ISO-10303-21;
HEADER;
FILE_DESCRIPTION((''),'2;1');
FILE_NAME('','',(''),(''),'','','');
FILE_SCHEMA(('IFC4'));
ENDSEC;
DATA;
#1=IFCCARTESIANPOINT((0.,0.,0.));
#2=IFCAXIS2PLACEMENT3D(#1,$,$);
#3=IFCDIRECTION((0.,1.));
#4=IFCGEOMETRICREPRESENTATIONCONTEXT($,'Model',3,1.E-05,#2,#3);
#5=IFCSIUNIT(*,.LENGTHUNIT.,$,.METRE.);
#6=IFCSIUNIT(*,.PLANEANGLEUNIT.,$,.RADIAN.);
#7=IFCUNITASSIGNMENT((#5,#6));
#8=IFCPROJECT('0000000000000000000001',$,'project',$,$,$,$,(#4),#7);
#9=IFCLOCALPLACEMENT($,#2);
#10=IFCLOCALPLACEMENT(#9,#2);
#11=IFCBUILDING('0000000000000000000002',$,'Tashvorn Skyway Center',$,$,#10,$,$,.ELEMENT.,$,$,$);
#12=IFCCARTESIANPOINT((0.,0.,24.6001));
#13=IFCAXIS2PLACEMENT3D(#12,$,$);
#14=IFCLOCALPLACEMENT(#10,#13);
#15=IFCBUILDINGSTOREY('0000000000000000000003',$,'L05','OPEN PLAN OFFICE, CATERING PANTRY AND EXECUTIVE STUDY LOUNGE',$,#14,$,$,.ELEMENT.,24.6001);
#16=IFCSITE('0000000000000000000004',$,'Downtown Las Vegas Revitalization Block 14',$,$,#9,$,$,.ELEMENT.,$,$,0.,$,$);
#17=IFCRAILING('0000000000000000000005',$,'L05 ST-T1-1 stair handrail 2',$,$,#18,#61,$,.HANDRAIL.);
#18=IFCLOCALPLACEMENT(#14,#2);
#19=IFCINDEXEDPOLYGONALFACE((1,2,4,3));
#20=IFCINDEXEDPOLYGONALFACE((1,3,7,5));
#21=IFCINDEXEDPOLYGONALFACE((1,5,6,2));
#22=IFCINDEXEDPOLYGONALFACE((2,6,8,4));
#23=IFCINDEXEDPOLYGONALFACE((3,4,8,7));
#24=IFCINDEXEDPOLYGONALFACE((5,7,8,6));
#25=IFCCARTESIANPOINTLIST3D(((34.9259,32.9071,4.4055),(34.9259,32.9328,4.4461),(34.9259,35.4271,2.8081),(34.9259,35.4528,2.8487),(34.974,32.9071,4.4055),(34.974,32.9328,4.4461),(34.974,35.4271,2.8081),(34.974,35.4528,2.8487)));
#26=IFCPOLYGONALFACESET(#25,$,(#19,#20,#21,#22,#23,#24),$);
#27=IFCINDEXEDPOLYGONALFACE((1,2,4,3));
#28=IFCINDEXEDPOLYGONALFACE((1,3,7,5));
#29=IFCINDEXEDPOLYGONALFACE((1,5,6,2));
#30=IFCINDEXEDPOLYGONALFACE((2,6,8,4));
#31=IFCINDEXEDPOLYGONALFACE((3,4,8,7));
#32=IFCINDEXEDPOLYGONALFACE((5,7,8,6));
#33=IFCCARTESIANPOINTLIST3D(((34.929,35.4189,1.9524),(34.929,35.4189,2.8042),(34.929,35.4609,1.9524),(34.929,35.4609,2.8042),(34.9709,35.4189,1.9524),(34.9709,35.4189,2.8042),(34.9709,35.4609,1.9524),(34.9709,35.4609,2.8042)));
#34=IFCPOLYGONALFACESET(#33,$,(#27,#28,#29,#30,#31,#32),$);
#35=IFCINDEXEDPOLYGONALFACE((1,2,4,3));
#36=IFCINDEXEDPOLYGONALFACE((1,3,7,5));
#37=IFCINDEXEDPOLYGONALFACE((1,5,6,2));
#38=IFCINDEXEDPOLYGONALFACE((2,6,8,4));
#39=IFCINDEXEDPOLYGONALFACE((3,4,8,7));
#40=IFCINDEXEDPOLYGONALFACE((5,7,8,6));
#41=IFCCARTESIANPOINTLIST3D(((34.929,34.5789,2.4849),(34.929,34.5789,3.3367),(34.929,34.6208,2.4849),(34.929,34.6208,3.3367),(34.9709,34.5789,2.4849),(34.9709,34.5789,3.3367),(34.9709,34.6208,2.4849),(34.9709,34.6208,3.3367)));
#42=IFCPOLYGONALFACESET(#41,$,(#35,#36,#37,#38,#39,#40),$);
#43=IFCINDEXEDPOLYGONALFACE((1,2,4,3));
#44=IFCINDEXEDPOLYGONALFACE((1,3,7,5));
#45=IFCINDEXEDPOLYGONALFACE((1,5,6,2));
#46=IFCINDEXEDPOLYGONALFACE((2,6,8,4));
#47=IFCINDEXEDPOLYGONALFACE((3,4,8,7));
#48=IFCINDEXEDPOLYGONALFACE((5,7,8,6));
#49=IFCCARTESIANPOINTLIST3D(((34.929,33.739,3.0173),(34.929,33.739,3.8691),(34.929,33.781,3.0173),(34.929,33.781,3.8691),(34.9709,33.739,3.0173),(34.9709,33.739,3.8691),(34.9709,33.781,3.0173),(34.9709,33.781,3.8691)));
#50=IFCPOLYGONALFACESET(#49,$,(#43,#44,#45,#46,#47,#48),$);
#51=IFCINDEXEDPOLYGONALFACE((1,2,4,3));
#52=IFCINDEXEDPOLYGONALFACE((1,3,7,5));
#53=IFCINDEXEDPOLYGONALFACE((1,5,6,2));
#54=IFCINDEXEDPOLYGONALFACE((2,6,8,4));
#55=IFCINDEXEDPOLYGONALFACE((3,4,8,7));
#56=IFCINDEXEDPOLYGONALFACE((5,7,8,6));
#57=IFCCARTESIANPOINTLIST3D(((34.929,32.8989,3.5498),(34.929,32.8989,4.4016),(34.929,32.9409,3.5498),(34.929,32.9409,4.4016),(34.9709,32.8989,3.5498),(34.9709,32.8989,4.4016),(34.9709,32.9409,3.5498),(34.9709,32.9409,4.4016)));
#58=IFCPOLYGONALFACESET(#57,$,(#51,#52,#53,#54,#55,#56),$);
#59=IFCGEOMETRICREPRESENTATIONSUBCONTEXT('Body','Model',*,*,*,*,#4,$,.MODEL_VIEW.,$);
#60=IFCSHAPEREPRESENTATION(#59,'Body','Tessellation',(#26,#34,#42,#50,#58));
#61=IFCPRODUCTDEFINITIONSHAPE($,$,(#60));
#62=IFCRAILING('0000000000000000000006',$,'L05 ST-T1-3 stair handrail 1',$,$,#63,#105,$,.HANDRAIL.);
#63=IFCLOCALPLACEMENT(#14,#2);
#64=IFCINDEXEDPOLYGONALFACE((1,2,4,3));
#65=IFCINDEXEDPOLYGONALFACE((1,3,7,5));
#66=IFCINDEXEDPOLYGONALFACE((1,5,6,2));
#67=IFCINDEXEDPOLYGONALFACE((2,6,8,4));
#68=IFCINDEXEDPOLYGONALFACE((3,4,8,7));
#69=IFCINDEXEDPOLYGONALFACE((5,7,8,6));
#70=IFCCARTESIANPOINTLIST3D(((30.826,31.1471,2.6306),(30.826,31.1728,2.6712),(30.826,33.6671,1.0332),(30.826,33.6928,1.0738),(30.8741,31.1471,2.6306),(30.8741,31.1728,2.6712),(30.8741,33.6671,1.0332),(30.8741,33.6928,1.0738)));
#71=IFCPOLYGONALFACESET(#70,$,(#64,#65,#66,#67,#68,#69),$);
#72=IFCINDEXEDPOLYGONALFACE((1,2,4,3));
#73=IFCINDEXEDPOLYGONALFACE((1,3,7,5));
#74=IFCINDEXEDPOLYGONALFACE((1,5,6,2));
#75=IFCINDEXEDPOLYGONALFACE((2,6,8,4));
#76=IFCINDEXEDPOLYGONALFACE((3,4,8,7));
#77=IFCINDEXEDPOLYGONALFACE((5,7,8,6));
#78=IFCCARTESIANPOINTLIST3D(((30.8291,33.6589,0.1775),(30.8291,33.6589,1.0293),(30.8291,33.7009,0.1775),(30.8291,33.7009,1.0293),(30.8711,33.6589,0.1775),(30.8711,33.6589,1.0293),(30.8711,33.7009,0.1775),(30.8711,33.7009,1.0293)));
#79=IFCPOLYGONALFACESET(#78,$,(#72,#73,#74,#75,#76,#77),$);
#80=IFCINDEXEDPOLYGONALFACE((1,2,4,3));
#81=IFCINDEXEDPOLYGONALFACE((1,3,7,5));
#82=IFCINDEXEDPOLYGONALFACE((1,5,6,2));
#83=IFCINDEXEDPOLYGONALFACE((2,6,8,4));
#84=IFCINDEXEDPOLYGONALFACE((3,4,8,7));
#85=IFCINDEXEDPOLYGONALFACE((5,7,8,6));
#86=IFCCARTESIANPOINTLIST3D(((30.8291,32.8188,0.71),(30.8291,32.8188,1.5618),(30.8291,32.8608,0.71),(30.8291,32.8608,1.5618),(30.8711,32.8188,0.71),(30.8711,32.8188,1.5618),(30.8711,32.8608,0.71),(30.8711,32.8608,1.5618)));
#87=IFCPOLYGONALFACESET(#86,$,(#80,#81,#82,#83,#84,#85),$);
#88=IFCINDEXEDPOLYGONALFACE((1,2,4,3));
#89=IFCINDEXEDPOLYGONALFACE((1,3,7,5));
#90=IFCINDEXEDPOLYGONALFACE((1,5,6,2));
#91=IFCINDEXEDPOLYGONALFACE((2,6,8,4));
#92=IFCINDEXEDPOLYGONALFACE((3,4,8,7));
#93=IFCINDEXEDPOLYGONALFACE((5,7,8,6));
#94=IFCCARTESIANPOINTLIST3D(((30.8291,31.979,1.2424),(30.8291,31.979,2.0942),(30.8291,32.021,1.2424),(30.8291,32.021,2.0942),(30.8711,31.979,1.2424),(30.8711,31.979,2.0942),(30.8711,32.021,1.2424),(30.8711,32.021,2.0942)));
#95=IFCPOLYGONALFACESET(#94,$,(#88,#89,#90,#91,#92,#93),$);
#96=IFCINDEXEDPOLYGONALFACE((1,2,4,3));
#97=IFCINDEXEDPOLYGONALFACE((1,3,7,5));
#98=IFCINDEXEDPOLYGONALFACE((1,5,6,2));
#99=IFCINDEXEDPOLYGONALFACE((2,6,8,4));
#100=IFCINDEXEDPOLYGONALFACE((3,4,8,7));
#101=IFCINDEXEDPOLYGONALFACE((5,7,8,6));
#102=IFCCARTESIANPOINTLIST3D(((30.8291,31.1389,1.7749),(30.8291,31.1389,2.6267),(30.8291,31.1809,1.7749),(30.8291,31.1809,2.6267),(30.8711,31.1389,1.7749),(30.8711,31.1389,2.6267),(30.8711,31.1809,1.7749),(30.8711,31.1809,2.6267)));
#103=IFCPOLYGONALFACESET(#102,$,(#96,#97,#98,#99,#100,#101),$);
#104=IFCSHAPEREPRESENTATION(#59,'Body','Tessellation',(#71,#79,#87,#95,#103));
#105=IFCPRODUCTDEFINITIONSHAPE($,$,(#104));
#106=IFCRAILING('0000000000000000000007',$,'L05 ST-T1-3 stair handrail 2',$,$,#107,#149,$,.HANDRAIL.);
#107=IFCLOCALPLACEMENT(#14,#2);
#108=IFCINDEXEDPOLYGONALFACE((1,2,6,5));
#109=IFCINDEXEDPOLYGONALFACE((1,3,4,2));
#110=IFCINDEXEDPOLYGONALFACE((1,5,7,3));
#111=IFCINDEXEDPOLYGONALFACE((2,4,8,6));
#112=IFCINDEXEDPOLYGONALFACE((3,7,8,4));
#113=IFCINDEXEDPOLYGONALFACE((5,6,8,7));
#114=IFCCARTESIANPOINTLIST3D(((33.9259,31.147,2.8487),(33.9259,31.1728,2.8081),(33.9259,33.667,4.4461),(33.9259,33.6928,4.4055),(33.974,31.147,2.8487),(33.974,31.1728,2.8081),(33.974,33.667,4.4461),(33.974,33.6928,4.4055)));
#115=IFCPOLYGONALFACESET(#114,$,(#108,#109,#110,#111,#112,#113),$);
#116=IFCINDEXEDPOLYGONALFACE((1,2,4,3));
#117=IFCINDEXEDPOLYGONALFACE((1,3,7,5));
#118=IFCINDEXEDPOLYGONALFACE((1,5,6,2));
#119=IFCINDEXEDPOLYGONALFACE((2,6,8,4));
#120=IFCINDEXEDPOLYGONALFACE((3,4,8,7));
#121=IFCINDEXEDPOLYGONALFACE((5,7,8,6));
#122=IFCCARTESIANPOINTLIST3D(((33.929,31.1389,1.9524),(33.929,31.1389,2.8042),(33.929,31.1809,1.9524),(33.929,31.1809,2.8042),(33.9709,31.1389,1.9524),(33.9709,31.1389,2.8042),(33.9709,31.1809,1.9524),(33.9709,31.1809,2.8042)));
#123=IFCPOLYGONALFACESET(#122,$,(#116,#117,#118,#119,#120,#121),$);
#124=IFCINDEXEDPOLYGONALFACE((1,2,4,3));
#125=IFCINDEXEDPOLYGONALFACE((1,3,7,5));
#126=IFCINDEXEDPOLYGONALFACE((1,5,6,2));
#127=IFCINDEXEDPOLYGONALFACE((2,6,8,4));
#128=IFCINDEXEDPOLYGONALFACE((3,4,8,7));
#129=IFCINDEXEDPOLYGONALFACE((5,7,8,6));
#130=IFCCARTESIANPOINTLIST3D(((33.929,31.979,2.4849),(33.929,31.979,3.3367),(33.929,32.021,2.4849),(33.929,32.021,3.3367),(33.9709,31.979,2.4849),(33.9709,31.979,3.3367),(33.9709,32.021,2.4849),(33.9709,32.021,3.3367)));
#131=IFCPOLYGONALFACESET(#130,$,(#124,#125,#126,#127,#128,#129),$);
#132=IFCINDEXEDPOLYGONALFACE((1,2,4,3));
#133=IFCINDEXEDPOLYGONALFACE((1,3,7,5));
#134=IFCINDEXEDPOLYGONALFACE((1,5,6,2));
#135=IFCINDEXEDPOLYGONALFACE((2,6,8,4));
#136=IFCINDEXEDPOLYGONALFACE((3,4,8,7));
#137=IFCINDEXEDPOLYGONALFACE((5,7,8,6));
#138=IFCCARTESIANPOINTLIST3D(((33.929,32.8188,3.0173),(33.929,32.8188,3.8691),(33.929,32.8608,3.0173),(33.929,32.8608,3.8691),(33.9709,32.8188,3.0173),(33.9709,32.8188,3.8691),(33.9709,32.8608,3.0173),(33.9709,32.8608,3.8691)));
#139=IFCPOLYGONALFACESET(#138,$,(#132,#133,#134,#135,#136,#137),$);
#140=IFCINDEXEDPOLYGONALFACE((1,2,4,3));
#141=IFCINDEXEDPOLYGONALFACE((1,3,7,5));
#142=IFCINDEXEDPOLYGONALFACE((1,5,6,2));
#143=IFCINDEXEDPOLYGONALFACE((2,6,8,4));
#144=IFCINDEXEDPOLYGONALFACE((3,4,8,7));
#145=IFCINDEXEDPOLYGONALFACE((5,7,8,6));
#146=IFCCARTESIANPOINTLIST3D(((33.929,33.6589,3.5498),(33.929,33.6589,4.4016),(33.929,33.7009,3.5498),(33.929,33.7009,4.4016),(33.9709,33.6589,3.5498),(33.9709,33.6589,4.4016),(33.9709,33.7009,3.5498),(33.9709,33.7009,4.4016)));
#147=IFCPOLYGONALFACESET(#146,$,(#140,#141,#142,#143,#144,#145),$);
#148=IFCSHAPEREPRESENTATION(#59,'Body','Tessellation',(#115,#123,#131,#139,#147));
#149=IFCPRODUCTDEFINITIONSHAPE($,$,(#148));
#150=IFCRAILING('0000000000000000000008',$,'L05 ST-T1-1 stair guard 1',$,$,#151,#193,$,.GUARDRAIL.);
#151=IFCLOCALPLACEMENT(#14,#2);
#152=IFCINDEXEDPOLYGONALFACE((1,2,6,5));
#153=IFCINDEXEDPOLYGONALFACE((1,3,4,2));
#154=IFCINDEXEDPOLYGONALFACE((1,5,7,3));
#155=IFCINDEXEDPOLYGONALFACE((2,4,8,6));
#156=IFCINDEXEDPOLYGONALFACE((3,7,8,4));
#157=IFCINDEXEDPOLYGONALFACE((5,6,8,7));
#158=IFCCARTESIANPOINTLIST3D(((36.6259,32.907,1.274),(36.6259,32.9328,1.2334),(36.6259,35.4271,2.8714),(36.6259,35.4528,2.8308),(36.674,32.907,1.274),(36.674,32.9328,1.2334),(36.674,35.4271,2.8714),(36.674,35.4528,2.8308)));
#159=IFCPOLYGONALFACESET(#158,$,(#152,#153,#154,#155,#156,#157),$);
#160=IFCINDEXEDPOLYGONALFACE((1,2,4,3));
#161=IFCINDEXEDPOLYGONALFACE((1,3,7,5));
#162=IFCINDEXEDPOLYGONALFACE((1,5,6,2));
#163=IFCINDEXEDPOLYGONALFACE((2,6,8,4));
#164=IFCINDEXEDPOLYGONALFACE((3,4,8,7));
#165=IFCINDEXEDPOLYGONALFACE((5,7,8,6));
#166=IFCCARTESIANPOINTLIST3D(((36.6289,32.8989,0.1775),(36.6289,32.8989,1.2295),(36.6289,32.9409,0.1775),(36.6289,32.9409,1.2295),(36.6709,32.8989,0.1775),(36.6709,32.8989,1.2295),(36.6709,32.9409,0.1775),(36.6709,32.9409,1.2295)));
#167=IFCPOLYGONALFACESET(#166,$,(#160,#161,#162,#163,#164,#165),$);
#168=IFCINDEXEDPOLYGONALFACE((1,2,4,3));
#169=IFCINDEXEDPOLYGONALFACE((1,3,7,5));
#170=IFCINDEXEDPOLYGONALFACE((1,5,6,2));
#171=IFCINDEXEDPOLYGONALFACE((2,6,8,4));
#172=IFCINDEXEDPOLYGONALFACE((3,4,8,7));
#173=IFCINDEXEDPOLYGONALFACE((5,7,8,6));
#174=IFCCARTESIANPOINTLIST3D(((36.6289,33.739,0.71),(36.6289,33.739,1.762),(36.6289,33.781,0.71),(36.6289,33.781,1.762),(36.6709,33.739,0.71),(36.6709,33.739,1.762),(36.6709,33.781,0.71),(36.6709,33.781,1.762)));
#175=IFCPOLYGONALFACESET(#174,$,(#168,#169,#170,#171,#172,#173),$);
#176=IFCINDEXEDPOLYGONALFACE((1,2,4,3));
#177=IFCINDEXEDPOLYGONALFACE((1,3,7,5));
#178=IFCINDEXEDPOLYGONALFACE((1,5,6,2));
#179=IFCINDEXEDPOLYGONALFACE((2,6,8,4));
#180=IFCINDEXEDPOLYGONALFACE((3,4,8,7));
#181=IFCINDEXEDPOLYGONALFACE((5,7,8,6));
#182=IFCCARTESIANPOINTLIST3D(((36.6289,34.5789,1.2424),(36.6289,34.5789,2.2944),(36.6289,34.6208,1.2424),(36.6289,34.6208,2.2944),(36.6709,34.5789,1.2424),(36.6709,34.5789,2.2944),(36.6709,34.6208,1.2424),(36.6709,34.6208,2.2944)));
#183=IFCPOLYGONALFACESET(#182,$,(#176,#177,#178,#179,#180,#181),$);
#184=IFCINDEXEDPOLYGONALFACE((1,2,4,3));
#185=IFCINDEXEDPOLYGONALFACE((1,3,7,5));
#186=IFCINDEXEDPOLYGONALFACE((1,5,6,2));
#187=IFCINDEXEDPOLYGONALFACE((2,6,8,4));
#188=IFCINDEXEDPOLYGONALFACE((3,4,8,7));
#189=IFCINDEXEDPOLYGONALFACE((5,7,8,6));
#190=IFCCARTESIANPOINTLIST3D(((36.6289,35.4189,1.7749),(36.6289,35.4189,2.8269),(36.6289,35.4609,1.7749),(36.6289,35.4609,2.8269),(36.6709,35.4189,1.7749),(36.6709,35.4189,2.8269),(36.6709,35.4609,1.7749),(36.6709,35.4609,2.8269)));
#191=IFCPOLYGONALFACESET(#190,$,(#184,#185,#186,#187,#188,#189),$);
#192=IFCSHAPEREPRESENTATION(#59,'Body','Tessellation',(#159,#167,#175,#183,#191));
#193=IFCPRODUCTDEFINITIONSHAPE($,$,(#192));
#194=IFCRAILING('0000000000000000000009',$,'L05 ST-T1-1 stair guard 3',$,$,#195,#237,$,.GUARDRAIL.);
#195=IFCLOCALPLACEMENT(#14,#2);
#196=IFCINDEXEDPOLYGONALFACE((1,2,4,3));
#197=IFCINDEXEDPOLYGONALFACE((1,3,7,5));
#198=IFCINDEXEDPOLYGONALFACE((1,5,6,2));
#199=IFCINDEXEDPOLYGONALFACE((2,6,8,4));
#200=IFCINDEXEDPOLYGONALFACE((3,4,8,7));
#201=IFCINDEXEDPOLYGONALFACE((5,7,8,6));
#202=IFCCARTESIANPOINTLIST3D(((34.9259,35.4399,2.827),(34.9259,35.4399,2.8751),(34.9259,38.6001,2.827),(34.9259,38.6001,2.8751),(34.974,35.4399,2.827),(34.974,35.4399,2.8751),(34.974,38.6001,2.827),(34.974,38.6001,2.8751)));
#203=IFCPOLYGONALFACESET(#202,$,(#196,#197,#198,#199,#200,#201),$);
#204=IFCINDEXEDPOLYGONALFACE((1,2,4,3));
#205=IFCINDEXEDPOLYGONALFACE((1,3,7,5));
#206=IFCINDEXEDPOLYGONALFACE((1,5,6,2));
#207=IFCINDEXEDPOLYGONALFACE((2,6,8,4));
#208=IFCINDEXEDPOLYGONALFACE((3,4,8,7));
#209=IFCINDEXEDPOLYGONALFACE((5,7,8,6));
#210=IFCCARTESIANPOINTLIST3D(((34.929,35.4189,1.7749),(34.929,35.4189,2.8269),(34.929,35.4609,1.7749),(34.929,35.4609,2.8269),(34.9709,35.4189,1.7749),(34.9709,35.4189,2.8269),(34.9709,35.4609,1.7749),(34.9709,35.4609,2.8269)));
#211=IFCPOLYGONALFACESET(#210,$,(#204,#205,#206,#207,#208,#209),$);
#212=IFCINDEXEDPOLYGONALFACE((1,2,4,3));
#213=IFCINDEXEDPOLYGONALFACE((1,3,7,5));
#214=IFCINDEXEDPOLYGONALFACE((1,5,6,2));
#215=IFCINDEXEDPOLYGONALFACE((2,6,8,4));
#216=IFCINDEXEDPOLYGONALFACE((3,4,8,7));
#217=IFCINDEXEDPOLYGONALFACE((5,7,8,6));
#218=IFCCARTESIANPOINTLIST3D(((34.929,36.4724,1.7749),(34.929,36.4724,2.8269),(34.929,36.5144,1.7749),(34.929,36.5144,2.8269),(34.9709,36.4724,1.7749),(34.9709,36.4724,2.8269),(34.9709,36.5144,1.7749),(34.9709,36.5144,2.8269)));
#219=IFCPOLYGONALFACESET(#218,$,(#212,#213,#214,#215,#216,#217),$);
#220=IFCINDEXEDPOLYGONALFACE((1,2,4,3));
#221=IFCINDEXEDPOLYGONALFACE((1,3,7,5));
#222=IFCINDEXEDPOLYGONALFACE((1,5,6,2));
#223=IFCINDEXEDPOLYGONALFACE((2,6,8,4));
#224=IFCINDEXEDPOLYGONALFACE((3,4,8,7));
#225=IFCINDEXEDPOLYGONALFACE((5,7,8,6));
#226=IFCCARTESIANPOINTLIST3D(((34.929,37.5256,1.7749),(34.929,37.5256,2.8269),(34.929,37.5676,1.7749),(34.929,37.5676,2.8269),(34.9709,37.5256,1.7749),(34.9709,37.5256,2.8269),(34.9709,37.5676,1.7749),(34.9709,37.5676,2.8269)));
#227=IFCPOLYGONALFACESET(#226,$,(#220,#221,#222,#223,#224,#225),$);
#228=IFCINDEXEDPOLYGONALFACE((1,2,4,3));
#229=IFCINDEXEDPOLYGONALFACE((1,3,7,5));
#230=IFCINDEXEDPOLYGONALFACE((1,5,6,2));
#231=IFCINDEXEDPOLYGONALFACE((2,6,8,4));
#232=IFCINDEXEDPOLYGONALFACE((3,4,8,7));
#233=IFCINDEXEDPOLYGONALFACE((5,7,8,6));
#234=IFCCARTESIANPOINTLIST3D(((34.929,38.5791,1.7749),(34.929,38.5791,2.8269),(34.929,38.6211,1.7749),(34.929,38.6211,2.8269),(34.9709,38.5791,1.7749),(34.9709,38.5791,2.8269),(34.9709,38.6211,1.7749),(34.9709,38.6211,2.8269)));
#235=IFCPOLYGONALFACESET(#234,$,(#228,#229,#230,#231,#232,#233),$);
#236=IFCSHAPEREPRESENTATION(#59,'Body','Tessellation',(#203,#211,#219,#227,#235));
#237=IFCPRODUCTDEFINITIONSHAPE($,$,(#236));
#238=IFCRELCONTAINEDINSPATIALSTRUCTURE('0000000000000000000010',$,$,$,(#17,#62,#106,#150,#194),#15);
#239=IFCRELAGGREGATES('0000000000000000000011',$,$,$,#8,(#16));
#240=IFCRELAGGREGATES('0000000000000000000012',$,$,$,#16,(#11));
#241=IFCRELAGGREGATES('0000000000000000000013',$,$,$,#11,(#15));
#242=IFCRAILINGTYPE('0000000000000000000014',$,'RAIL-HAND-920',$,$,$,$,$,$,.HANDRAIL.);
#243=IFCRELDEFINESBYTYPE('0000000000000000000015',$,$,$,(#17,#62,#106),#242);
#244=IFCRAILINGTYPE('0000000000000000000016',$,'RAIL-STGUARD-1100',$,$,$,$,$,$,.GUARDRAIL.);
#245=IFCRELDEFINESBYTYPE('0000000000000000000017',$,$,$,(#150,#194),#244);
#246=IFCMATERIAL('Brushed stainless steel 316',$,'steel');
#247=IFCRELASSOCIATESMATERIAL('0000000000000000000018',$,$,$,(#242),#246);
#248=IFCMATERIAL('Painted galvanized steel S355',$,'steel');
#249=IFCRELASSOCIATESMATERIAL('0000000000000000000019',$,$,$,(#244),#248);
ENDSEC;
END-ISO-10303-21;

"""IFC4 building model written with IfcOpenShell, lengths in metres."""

from ifc_helpers import new_model, si_unit, direction, frame, origin, origin_2d, place, context, subcontext, project, spatial, rectangle, extrude, material, type_object, element, save


model = new_model("IFC4")

# Units and contexts
model_context = context("Model", 3, precision=1e-05, world=origin(), true_north=direction((0.0, 1.0)))
body_context = subcontext(model_context, "Body", "Model", "MODEL_VIEW")
ifc_project = project(units=[si_unit("LENGTHUNIT", "METRE"), si_unit("PLANEANGLEUNIT", "RADIAN")], contexts=[model_context])

# Site, building, storey
site_placement = place(None, origin())
site = spatial("IfcSite", under=ifc_project, at=site_placement, Name="Downtown Las Vegas Revitalization Block 14", CompositionType="ELEMENT", RefElevation=0.0)
building_placement = place(site_placement, origin())
building = spatial("IfcBuilding", under=site, at=building_placement, Name="Tashvorn Skyway Center", CompositionType="ELEMENT")
storey_placement = place(building_placement, frame((0.0, 0.0, 24.6001)))
storey = spatial("IfcBuildingStorey", under=building, at=storey_placement, Name="L05", Description="OPEN PLAN OFFICE, CATERING PANTRY AND EXECUTIVE STUDY LOUNGE", CompositionType="ELEMENT", Elevation=24.6001)

# Railings
ifc_material_1 = material(Name="Brushed stainless steel 316", Category="steel")
railing_type_1 = type_object("IfcRailingType", Name="RAIL-HAND-920", PredefinedType="HANDRAIL", material=ifc_material_1)
for number, where, name in (
    (1, (34.95, 35.4399, 1.9524), "L05 ST-T1-1 stair handrail 2"),
    (2, (30.8501, 33.6799, 0.1775), "L05 ST-T1-3 stair handrail 1"),
):
    element("IfcRailing", number, at=place(storey_placement, frame(where)), inside=storey, type_object=railing_type_1, Name=name, PredefinedType="HANDRAIL", context=body_context, shape_type="SweptSolid", body=[
        extrude(rectangle(XDim=0.0481, YDim=0.0481, at=origin_2d()), frame((0.0, 0.0, 0.876), z_axis=(0.0, -0.844607, 0.535387), x_axis=(1.0, 0.0, 0.0)), (0.0, 0.0, 1.0), 2.9836),
        extrude(rectangle(XDim=0.042, YDim=0.042, at=origin_2d()), origin(), (0.0, 0.0, 1.0), 0.8518),
        extrude(rectangle(XDim=0.042, YDim=0.042, at=origin_2d()), frame((0.0, -0.8401, 0.5325)), (0.0, 0.0, 1.0), 0.8518),
        extrude(rectangle(XDim=0.042, YDim=0.042, at=origin_2d()), frame((0.0, -1.6799, 1.0649)), (0.0, 0.0, 1.0), 0.8518),
        extrude(rectangle(XDim=0.042, YDim=0.042, at=origin_2d()), frame((0.0, -2.52, 1.5974)), (0.0, 0.0, 1.0), 0.8518),
    ])
railing_1_placement = place(storey_placement, frame((33.95, 31.1599, 1.9524)))
element("IfcRailing", 3, at=railing_1_placement, inside=storey, type_object=railing_type_1, Name="L05 ST-T1-3 stair handrail 2", PredefinedType="HANDRAIL", context=body_context, shape_type="SweptSolid", body=[
    extrude(rectangle(XDim=0.0481, YDim=0.0481, at=origin_2d()), frame((0.0, 0.0, 0.876), z_axis=(0.0, 0.844607, 0.535387), x_axis=(-1.0, 0.0, 0.0)), (0.0, 0.0, 1.0), 2.9836),
    extrude(rectangle(XDim=0.042, YDim=0.042, at=origin_2d()), origin(), (0.0, 0.0, 1.0), 0.8518),
    extrude(rectangle(XDim=0.042, YDim=0.042, at=origin_2d()), frame((0.0, 0.8401, 0.5325)), (0.0, 0.0, 1.0), 0.8518),
    extrude(rectangle(XDim=0.042, YDim=0.042, at=origin_2d()), frame((0.0, 1.6799, 1.0649)), (0.0, 0.0, 1.0), 0.8518),
    extrude(rectangle(XDim=0.042, YDim=0.042, at=origin_2d()), frame((0.0, 2.52, 1.5974)), (0.0, 0.0, 1.0), 0.8518),
])
ifc_material_2 = material(Name="Painted galvanized steel S355", Category="steel")
railing_type_2 = type_object("IfcRailingType", Name="RAIL-STGUARD-1100", PredefinedType="GUARDRAIL", material=ifc_material_2)
railing_2_placement = place(storey_placement, frame((36.6499, 32.9199, 0.1775)))
element("IfcRailing", 4, at=railing_2_placement, inside=storey, type_object=railing_type_2, Name="L05 ST-T1-1 stair guard 1", PredefinedType="GUARDRAIL", context=body_context, shape_type="SweptSolid", body=[
    extrude(rectangle(XDim=0.0481, YDim=0.0481, at=origin_2d()), frame((0.0, 0.0, 1.0762), z_axis=(0.0, 0.844607, 0.535387), x_axis=(-1.0, 0.0, 0.0)), (0.0, 0.0, 1.0), 2.9836),
    extrude(rectangle(XDim=0.042, YDim=0.042, at=origin_2d()), origin(), (0.0, 0.0, 1.0), 1.052),
    extrude(rectangle(XDim=0.042, YDim=0.042, at=origin_2d()), frame((0.0, 0.8401, 0.5325)), (0.0, 0.0, 1.0), 1.052),
    extrude(rectangle(XDim=0.042, YDim=0.042, at=origin_2d()), frame((0.0, 1.6799, 1.0649)), (0.0, 0.0, 1.0), 1.052),
    extrude(rectangle(XDim=0.042, YDim=0.042, at=origin_2d()), frame((0.0, 2.52, 1.5974)), (0.0, 0.0, 1.0), 1.052),
])
railing_3_placement = place(storey_placement, frame((34.95, 35.4399, 1.7749)))
element("IfcRailing", 5, at=railing_3_placement, inside=storey, type_object=railing_type_2, Name="L05 ST-T1-1 stair guard 3", PredefinedType="GUARDRAIL", context=body_context, shape_type="SweptSolid", body=[
    extrude(rectangle(XDim=0.0481, YDim=0.0481, at=origin_2d()), frame((0.0, 0.0, 1.0762), z_axis=(0.0, 1.0, 0.0), x_axis=(-1.0, 0.0, 0.0)), (0.0, 0.0, 1.0), 3.1602),
    extrude(rectangle(XDim=0.042, YDim=0.042, at=origin_2d()), origin(), (0.0, 0.0, 1.0), 1.052),
    extrude(rectangle(XDim=0.042, YDim=0.042, at=origin_2d()), frame((0.0, 1.0535, 0.0)), (0.0, 0.0, 1.0), 1.052),
    extrude(rectangle(XDim=0.042, YDim=0.042, at=origin_2d()), frame((0.0, 2.1067, 0.0)), (0.0, 0.0, 1.0), 1.052),
    extrude(rectangle(XDim=0.042, YDim=0.042, at=origin_2d()), frame((0.0, 3.1602, 0.0)), (0.0, 0.0, 1.0), 1.052),
])

save(model, "model.ifc")
